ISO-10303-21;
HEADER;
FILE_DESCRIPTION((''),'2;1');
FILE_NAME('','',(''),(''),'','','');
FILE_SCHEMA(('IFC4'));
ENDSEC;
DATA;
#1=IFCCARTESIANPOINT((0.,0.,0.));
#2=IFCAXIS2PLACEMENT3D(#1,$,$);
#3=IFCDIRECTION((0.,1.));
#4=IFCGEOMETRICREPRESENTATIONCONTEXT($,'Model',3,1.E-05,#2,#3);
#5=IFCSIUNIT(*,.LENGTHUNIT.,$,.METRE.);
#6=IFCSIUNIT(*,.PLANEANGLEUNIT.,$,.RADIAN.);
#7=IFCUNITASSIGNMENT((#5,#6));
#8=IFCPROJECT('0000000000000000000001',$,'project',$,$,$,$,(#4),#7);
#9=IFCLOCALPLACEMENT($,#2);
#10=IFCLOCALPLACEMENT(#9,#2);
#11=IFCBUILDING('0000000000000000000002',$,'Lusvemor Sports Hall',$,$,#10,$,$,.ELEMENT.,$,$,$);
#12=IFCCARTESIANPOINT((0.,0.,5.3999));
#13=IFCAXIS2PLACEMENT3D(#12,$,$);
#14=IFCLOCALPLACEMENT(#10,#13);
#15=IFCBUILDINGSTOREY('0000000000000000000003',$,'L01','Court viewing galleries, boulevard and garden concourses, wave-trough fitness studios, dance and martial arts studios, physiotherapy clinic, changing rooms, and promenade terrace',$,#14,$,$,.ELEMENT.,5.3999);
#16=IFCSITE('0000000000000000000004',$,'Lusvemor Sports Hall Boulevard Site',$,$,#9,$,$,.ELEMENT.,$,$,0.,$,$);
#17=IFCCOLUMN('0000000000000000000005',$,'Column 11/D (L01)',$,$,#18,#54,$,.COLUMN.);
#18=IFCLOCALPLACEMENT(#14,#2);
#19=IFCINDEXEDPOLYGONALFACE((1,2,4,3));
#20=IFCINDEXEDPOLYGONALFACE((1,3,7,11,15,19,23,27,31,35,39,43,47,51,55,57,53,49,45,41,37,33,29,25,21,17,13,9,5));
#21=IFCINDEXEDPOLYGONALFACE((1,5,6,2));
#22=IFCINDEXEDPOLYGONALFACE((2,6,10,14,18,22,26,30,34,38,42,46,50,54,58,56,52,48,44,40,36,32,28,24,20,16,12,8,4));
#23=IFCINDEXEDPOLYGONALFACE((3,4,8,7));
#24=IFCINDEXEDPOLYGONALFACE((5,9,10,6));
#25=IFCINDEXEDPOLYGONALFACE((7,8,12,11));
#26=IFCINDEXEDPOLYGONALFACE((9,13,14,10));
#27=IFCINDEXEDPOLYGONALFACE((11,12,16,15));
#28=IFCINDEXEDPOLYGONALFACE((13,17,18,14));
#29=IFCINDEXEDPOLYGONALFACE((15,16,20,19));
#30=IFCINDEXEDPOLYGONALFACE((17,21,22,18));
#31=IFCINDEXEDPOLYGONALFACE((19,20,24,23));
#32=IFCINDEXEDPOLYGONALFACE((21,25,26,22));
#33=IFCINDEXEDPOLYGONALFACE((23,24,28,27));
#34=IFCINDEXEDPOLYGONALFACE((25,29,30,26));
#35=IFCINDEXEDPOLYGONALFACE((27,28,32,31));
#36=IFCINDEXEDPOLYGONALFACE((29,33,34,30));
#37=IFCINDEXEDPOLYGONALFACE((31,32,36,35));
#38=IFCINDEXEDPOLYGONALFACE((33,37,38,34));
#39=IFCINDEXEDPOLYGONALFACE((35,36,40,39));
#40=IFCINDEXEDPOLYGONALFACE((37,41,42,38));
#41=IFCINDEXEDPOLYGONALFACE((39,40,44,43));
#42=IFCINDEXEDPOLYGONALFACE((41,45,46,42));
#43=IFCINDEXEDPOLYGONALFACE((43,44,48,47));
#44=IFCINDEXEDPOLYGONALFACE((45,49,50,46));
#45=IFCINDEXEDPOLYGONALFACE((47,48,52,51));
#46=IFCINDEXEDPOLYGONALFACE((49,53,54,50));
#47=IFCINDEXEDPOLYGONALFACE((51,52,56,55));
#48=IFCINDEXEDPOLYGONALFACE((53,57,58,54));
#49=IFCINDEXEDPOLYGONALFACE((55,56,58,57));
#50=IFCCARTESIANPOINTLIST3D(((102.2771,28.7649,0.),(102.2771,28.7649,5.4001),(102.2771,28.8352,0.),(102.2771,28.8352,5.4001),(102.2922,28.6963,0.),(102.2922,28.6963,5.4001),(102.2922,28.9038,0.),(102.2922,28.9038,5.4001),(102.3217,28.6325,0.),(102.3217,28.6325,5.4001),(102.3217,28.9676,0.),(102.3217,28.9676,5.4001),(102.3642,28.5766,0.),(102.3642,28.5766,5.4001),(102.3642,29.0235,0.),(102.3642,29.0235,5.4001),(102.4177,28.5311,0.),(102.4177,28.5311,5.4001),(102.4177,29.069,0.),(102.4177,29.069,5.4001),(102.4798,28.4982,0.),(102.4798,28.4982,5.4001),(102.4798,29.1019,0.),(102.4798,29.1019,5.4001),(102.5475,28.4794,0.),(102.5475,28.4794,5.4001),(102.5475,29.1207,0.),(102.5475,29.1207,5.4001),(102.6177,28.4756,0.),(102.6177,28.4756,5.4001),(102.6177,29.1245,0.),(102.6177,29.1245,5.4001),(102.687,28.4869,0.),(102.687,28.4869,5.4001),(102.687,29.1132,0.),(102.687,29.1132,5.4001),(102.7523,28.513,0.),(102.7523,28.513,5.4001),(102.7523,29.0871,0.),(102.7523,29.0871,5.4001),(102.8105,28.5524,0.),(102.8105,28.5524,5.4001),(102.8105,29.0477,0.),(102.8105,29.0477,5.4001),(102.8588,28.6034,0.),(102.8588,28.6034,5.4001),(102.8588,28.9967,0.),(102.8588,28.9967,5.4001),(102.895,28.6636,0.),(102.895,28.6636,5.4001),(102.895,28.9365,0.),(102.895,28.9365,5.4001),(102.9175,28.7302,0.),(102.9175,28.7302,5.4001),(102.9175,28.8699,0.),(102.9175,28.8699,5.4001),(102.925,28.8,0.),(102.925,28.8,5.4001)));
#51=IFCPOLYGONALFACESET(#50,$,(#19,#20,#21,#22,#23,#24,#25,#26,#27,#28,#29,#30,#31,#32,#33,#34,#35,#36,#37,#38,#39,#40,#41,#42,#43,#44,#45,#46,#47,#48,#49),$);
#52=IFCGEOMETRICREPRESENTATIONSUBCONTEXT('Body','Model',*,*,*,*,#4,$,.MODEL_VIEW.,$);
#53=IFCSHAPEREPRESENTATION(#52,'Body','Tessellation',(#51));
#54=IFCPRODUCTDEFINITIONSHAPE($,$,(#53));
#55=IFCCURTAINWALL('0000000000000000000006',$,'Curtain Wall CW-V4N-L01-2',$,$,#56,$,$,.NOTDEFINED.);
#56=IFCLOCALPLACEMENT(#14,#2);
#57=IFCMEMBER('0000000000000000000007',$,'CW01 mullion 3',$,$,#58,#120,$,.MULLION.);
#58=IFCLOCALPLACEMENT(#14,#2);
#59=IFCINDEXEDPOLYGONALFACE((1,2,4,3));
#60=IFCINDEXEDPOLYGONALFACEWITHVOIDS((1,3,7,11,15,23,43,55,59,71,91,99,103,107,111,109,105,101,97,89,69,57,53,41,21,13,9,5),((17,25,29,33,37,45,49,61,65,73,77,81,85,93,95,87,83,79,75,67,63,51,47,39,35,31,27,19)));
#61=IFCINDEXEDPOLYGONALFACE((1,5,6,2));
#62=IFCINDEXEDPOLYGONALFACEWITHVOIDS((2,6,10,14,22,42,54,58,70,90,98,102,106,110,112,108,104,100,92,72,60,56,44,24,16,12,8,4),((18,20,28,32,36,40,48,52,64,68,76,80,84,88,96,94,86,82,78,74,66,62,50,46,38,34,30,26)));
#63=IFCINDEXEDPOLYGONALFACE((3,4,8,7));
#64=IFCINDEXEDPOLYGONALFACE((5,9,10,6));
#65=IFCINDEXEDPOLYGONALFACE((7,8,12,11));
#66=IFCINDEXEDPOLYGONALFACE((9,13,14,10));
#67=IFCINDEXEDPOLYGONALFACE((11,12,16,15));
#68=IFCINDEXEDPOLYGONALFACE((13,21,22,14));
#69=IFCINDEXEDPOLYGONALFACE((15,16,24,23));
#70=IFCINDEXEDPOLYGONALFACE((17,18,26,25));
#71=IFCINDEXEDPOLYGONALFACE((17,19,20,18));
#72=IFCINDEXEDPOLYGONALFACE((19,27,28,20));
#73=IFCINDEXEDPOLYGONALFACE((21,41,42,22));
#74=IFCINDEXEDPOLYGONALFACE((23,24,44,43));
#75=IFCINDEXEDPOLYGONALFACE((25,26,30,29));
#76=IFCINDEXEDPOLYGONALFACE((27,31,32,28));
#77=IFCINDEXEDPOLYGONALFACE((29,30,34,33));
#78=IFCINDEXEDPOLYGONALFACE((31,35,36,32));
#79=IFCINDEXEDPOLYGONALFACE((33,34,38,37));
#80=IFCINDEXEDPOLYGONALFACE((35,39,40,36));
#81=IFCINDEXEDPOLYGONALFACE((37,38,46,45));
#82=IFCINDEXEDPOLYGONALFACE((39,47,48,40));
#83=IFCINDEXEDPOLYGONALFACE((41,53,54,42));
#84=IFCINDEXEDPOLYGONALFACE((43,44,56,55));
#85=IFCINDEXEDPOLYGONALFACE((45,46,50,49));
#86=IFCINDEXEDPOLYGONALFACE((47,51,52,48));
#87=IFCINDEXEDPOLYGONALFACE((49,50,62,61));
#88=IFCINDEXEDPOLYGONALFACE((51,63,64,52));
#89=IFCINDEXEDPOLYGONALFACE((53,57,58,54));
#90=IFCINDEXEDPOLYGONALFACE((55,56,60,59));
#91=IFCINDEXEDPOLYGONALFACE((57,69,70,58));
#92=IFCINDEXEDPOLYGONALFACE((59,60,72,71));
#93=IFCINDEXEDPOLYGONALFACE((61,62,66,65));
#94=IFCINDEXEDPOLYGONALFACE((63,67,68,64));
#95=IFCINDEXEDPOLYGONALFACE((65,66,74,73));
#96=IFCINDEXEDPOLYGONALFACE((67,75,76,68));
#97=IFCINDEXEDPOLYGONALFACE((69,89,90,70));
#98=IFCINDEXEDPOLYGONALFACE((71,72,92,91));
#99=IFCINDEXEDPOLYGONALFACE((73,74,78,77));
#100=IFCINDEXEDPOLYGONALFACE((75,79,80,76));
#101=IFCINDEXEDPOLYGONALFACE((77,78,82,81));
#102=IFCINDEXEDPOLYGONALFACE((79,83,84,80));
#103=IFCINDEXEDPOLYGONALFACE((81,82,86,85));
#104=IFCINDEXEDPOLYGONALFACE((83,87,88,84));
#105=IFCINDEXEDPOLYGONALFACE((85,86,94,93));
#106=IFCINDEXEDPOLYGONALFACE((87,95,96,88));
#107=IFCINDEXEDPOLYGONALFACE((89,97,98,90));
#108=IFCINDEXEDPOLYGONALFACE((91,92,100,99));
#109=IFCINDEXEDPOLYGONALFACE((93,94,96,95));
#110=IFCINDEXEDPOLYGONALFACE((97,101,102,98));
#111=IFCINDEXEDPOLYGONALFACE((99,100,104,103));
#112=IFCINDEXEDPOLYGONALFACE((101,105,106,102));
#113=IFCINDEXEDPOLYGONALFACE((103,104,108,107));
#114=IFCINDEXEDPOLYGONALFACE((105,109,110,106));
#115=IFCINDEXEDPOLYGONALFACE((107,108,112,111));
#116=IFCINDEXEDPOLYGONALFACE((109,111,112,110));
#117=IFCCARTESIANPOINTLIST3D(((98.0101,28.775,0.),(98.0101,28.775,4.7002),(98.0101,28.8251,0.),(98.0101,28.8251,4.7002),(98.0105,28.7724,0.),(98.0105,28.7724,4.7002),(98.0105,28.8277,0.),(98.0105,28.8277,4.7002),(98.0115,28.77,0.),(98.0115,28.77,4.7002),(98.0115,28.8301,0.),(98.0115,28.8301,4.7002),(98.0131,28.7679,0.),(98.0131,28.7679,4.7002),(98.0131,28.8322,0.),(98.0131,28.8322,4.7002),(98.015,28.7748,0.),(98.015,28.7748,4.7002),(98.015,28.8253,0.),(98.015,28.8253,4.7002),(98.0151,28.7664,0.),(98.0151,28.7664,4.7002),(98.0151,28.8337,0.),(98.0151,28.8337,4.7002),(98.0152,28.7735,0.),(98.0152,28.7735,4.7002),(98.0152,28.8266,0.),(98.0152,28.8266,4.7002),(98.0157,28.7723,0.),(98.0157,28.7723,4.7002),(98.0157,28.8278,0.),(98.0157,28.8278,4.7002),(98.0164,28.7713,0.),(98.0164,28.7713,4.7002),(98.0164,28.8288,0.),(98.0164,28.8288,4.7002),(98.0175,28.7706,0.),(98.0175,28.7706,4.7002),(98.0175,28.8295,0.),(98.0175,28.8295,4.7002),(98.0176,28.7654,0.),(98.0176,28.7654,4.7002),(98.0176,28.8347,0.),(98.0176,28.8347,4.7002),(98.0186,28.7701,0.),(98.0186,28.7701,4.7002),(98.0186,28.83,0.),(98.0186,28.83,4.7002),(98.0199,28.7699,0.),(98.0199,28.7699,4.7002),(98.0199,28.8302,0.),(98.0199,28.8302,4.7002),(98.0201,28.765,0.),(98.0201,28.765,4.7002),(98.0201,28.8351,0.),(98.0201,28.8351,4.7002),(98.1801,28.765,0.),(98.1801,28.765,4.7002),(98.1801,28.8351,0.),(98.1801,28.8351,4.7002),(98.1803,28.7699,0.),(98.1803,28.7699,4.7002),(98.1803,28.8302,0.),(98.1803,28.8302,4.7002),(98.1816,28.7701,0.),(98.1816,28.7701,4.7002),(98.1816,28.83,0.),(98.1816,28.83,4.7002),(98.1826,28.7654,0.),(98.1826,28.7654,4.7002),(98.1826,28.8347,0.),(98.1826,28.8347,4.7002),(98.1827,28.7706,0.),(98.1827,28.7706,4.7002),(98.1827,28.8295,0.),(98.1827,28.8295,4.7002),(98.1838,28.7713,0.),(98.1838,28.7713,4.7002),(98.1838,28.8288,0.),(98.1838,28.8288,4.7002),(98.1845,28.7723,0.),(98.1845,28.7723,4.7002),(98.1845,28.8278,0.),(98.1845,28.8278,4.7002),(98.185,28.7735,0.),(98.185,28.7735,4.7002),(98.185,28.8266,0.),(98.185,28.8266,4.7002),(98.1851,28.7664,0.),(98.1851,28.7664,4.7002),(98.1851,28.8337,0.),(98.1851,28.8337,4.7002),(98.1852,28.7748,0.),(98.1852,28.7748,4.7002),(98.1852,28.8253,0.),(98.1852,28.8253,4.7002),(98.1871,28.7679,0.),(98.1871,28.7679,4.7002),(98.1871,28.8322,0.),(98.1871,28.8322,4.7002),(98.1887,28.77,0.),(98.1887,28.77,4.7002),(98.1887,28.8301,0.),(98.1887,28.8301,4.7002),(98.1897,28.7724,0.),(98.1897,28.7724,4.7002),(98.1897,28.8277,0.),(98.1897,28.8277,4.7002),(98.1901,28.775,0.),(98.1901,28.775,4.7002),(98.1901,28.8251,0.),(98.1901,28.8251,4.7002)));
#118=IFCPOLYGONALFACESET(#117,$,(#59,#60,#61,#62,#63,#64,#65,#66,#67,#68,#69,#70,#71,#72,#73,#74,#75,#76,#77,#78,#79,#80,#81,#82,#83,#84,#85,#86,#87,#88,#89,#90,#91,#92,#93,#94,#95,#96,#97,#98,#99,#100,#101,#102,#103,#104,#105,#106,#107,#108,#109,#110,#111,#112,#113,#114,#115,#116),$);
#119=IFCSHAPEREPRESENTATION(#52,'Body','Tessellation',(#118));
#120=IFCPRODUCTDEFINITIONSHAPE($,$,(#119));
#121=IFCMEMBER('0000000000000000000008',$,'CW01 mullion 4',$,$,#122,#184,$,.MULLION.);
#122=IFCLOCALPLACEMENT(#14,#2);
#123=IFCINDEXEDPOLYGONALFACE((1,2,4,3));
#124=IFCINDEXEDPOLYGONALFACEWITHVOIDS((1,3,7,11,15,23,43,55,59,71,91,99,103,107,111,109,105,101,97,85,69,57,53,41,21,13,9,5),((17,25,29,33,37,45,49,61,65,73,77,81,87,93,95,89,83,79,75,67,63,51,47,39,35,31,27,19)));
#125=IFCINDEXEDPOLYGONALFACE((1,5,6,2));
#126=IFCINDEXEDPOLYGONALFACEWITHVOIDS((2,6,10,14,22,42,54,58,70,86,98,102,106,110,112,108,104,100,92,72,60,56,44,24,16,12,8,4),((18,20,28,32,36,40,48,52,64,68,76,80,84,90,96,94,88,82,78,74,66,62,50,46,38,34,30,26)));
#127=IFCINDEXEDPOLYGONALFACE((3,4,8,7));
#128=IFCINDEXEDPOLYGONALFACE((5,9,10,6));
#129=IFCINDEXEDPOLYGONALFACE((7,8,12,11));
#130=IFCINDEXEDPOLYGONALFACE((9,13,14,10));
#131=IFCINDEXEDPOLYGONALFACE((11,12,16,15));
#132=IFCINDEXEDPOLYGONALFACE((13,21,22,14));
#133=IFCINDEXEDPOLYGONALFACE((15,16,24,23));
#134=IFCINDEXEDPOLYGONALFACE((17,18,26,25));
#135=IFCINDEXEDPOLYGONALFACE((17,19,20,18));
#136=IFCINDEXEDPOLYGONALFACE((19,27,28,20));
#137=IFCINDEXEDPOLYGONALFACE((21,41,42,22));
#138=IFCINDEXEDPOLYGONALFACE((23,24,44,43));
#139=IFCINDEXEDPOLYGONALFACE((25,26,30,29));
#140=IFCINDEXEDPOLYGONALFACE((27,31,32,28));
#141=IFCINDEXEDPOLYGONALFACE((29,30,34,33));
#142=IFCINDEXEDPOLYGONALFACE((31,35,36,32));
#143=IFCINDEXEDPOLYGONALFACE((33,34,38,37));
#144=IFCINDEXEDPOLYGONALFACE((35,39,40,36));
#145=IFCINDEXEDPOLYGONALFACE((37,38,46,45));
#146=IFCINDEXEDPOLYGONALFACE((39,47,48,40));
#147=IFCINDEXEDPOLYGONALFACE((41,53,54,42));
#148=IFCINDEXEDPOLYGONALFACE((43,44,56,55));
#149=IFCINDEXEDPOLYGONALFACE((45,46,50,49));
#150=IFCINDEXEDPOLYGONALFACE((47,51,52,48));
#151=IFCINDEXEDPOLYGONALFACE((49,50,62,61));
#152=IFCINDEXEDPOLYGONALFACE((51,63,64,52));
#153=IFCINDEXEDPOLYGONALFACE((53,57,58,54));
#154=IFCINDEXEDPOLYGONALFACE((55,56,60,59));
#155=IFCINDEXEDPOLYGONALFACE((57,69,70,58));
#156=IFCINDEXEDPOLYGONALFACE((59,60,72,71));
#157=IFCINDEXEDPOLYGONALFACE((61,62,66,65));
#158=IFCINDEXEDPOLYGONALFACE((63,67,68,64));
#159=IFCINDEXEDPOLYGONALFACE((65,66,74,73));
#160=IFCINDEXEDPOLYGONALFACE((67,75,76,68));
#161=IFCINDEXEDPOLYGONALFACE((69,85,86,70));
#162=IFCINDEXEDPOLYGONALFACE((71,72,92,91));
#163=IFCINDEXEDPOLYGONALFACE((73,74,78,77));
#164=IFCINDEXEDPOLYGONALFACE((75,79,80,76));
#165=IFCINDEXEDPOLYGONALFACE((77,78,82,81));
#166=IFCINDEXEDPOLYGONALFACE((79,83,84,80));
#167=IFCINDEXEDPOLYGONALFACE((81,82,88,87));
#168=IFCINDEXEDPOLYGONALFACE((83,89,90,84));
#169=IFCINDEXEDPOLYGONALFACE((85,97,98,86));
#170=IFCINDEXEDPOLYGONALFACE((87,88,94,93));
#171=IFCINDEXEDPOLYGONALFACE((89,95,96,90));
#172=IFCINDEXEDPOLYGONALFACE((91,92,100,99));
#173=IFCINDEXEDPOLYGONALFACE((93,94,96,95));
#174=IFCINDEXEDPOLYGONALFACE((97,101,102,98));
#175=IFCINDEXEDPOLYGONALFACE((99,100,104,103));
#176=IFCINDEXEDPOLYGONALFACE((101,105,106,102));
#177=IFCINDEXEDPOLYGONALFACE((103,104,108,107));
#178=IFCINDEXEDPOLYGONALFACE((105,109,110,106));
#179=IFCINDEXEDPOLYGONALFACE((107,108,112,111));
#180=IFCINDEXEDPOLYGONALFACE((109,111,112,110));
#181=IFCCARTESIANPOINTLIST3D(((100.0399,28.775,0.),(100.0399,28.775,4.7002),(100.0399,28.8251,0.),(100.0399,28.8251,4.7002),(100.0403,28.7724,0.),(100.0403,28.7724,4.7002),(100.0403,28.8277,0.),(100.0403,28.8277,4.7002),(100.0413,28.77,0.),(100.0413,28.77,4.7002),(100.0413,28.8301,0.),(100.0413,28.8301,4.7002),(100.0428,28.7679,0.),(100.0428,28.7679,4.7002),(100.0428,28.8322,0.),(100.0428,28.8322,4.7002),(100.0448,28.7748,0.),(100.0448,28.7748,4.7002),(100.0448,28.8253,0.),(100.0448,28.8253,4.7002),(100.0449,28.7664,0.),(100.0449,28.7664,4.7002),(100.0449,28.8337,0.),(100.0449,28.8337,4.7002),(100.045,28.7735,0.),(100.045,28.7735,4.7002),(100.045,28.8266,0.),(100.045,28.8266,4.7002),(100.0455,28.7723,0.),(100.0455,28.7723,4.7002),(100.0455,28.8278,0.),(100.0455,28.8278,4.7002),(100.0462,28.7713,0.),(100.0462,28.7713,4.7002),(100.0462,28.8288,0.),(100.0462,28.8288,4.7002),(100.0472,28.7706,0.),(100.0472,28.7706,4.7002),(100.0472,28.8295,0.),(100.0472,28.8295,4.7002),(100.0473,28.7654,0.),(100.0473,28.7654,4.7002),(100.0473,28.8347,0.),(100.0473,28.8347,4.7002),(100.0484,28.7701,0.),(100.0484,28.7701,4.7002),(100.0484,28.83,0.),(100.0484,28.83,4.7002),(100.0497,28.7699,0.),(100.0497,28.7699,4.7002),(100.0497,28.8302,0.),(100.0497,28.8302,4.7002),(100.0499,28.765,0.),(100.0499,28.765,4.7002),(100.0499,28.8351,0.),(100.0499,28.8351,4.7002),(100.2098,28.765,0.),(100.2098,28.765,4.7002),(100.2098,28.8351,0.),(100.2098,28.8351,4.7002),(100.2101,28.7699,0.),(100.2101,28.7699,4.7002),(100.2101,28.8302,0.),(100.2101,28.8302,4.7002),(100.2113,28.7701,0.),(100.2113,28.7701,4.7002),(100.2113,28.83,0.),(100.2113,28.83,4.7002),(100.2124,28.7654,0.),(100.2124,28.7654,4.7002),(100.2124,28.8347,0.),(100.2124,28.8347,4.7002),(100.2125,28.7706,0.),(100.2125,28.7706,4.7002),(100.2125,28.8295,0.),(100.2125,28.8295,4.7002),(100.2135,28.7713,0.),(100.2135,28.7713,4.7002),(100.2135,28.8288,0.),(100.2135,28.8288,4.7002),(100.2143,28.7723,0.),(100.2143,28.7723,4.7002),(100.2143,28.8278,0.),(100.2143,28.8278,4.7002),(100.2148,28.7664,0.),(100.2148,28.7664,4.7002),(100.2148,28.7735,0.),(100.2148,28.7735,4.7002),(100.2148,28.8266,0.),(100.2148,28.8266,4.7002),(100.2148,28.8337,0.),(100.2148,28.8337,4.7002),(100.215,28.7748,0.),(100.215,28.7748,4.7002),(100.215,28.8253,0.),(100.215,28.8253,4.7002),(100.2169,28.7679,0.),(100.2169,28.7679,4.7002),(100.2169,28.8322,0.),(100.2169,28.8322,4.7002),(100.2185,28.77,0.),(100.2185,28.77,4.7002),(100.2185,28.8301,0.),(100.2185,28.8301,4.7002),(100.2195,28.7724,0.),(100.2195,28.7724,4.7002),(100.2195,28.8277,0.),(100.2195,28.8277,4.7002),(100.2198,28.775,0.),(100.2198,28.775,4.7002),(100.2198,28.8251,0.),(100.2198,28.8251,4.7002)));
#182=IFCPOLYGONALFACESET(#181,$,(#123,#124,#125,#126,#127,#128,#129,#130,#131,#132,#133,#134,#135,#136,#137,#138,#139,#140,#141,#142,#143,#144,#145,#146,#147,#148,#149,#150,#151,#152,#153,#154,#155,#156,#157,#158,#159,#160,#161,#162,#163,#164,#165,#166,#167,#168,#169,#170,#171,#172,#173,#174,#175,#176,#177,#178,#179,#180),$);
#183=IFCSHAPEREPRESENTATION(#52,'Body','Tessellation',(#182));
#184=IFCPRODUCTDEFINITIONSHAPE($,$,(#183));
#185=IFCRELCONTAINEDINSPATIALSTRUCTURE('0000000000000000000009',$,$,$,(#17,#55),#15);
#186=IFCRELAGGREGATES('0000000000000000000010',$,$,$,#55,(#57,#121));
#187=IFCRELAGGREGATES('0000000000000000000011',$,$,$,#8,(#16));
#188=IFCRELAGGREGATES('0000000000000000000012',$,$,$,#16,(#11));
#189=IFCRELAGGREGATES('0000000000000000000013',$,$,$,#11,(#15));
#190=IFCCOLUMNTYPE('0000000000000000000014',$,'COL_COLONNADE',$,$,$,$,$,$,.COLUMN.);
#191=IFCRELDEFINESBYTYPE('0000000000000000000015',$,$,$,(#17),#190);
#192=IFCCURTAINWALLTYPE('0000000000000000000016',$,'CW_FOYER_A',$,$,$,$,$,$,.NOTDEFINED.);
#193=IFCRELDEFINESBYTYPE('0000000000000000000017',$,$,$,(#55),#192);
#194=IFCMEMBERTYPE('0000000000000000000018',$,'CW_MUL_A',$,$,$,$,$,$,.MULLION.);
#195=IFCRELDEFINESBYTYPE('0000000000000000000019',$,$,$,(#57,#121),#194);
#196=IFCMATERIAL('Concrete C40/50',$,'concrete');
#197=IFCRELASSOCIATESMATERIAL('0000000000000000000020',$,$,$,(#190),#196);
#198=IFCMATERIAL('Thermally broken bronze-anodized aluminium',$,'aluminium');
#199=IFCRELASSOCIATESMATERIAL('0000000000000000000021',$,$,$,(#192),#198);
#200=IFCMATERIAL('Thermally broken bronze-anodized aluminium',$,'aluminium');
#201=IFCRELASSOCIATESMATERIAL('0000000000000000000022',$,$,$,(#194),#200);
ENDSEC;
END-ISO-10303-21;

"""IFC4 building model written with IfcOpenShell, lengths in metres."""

from ifc_helpers import new_model, si_unit, direction, frame, origin, origin_2d, place, context, subcontext, project, spatial, hollow_rectangle, circle, extrude, material, material_profile, profile_set, type_object, element, aggregate, save


model = new_model("IFC4")

# Units and contexts
model_context = context("Model", 3, precision=1e-05, world=origin(), true_north=direction((0.0, 1.0)))
body_context = subcontext(model_context, "Body", "Model", "MODEL_VIEW")
ifc_project = project(units=[si_unit("LENGTHUNIT", "METRE"), si_unit("PLANEANGLEUNIT", "RADIAN")], contexts=[model_context])

# Site, building, storey
site_placement = place(None, origin())
site = spatial("IfcSite", under=ifc_project, at=site_placement, Name="Lusvemor Sports Hall Boulevard Site", CompositionType="ELEMENT", RefElevation=0.0)
building_placement = place(site_placement, origin())
building = spatial("IfcBuilding", under=site, at=building_placement, Name="Lusvemor Sports Hall", CompositionType="ELEMENT")
storey_placement = place(building_placement, frame((0.0, 0.0, 5.3999)))
storey = spatial("IfcBuildingStorey", under=building, at=storey_placement, Name="L01", Description="Court viewing galleries, boulevard and garden concourses, wave-trough fitness studios, dance and martial arts studios, physiotherapy clinic, changing rooms, and promenade terrace", CompositionType="ELEMENT", Elevation=5.3999)

# Column
ifc_material_1 = material(Name="Concrete C40/50", Category="concrete")
ifc_material_profile_1 = material_profile(ifc_material_1, circle(Radius=0.325, at=origin_2d()), Name="RCCIRC650")
ifc_profile_set_1 = profile_set([ifc_material_profile_1], Name="Concrete C40/50")
column_type = type_object("IfcColumnType", Name="COL_COLONNADE", PredefinedType="COLUMN", material=ifc_profile_set_1)
column_placement = place(storey_placement, frame((102.6001, 28.8, 0.0), z_axis=(0.0, 0.0, 1.0), x_axis=(1.0, 0.0, 0.0)))
element("IfcColumn", 1, at=column_placement, inside=storey, type_object=column_type, Name="Column 11/D (L01)", PredefinedType="COLUMN", context=body_context, shape_type="SweptSolid", body=[
    extrude(circle(Radius=0.325, at=origin_2d()), origin(), (0.0, 0.0, 1.0), 5.4001),
])

# Curtain wall, members
ifc_material_2 = material(Name="Thermally broken bronze-anodized aluminium", Category="aluminium")
curtain_wall_type = type_object("IfcCurtainWallType", Name="CW_FOYER_A", PredefinedType="NOTDEFINED", material=ifc_material_2)
curtain_wall_1_placement = place(storey_placement, origin())
curtain_wall_1 = element("IfcCurtainWall", 2, at=curtain_wall_1_placement, inside=storey, type_object=curtain_wall_type, Name="Curtain Wall CW-V4N-L01-2", PredefinedType="NOTDEFINED")
ifc_material_3 = material(Name="Thermally broken bronze-anodized aluminium", Category="aluminium")
ifc_material_profile_2 = material_profile(ifc_material_3, hollow_rectangle(XDim=0.0701, YDim=0.1799, WallThickness=0.0049, InnerFilletRadius=0.0049, OuterFilletRadius=0.01, at=origin_2d()), Name="CWMUL180x70x5")
ifc_profile_set_2 = profile_set([ifc_material_profile_2], Name="Thermally broken bronze-anodized aluminium")
member_type_1 = type_object("IfcMemberType", Name="CW_MUL_A", PredefinedType="MULLION", material=ifc_profile_set_2)
member_1_placement = place(storey_placement, frame((98.1001, 28.8, 0.0), z_axis=(0.0, 0.0, 1.0), x_axis=(0.0, 1.0, 0.0)))
member_1 = element("IfcMember", 3, at=member_1_placement, type_object=member_type_1, Name="CW01 mullion 3", PredefinedType="MULLION", context=body_context, shape_type="SweptSolid", body=[
    extrude(hollow_rectangle(XDim=0.0701, YDim=0.1799, WallThickness=0.0049, InnerFilletRadius=0.0049, OuterFilletRadius=0.01, at=origin_2d()), origin(), (0.0, 0.0, 1.0), 4.7002),
])
member_2_placement = place(storey_placement, frame((100.1299, 28.8, 0.0), z_axis=(0.0, 0.0, 1.0), x_axis=(0.0, 1.0, 0.0)))
member_2 = element("IfcMember", 4, at=member_2_placement, type_object=member_type_1, Name="CW01 mullion 4", PredefinedType="MULLION", context=body_context, shape_type="SweptSolid", body=[
    extrude(hollow_rectangle(XDim=0.0701, YDim=0.1799, WallThickness=0.0049, InnerFilletRadius=0.0049, OuterFilletRadius=0.01, at=origin_2d()), origin(), (0.0, 0.0, 1.0), 4.7002),
])

aggregate(curtain_wall_1, [member_1, member_2])

save(model, "model.ifc")
